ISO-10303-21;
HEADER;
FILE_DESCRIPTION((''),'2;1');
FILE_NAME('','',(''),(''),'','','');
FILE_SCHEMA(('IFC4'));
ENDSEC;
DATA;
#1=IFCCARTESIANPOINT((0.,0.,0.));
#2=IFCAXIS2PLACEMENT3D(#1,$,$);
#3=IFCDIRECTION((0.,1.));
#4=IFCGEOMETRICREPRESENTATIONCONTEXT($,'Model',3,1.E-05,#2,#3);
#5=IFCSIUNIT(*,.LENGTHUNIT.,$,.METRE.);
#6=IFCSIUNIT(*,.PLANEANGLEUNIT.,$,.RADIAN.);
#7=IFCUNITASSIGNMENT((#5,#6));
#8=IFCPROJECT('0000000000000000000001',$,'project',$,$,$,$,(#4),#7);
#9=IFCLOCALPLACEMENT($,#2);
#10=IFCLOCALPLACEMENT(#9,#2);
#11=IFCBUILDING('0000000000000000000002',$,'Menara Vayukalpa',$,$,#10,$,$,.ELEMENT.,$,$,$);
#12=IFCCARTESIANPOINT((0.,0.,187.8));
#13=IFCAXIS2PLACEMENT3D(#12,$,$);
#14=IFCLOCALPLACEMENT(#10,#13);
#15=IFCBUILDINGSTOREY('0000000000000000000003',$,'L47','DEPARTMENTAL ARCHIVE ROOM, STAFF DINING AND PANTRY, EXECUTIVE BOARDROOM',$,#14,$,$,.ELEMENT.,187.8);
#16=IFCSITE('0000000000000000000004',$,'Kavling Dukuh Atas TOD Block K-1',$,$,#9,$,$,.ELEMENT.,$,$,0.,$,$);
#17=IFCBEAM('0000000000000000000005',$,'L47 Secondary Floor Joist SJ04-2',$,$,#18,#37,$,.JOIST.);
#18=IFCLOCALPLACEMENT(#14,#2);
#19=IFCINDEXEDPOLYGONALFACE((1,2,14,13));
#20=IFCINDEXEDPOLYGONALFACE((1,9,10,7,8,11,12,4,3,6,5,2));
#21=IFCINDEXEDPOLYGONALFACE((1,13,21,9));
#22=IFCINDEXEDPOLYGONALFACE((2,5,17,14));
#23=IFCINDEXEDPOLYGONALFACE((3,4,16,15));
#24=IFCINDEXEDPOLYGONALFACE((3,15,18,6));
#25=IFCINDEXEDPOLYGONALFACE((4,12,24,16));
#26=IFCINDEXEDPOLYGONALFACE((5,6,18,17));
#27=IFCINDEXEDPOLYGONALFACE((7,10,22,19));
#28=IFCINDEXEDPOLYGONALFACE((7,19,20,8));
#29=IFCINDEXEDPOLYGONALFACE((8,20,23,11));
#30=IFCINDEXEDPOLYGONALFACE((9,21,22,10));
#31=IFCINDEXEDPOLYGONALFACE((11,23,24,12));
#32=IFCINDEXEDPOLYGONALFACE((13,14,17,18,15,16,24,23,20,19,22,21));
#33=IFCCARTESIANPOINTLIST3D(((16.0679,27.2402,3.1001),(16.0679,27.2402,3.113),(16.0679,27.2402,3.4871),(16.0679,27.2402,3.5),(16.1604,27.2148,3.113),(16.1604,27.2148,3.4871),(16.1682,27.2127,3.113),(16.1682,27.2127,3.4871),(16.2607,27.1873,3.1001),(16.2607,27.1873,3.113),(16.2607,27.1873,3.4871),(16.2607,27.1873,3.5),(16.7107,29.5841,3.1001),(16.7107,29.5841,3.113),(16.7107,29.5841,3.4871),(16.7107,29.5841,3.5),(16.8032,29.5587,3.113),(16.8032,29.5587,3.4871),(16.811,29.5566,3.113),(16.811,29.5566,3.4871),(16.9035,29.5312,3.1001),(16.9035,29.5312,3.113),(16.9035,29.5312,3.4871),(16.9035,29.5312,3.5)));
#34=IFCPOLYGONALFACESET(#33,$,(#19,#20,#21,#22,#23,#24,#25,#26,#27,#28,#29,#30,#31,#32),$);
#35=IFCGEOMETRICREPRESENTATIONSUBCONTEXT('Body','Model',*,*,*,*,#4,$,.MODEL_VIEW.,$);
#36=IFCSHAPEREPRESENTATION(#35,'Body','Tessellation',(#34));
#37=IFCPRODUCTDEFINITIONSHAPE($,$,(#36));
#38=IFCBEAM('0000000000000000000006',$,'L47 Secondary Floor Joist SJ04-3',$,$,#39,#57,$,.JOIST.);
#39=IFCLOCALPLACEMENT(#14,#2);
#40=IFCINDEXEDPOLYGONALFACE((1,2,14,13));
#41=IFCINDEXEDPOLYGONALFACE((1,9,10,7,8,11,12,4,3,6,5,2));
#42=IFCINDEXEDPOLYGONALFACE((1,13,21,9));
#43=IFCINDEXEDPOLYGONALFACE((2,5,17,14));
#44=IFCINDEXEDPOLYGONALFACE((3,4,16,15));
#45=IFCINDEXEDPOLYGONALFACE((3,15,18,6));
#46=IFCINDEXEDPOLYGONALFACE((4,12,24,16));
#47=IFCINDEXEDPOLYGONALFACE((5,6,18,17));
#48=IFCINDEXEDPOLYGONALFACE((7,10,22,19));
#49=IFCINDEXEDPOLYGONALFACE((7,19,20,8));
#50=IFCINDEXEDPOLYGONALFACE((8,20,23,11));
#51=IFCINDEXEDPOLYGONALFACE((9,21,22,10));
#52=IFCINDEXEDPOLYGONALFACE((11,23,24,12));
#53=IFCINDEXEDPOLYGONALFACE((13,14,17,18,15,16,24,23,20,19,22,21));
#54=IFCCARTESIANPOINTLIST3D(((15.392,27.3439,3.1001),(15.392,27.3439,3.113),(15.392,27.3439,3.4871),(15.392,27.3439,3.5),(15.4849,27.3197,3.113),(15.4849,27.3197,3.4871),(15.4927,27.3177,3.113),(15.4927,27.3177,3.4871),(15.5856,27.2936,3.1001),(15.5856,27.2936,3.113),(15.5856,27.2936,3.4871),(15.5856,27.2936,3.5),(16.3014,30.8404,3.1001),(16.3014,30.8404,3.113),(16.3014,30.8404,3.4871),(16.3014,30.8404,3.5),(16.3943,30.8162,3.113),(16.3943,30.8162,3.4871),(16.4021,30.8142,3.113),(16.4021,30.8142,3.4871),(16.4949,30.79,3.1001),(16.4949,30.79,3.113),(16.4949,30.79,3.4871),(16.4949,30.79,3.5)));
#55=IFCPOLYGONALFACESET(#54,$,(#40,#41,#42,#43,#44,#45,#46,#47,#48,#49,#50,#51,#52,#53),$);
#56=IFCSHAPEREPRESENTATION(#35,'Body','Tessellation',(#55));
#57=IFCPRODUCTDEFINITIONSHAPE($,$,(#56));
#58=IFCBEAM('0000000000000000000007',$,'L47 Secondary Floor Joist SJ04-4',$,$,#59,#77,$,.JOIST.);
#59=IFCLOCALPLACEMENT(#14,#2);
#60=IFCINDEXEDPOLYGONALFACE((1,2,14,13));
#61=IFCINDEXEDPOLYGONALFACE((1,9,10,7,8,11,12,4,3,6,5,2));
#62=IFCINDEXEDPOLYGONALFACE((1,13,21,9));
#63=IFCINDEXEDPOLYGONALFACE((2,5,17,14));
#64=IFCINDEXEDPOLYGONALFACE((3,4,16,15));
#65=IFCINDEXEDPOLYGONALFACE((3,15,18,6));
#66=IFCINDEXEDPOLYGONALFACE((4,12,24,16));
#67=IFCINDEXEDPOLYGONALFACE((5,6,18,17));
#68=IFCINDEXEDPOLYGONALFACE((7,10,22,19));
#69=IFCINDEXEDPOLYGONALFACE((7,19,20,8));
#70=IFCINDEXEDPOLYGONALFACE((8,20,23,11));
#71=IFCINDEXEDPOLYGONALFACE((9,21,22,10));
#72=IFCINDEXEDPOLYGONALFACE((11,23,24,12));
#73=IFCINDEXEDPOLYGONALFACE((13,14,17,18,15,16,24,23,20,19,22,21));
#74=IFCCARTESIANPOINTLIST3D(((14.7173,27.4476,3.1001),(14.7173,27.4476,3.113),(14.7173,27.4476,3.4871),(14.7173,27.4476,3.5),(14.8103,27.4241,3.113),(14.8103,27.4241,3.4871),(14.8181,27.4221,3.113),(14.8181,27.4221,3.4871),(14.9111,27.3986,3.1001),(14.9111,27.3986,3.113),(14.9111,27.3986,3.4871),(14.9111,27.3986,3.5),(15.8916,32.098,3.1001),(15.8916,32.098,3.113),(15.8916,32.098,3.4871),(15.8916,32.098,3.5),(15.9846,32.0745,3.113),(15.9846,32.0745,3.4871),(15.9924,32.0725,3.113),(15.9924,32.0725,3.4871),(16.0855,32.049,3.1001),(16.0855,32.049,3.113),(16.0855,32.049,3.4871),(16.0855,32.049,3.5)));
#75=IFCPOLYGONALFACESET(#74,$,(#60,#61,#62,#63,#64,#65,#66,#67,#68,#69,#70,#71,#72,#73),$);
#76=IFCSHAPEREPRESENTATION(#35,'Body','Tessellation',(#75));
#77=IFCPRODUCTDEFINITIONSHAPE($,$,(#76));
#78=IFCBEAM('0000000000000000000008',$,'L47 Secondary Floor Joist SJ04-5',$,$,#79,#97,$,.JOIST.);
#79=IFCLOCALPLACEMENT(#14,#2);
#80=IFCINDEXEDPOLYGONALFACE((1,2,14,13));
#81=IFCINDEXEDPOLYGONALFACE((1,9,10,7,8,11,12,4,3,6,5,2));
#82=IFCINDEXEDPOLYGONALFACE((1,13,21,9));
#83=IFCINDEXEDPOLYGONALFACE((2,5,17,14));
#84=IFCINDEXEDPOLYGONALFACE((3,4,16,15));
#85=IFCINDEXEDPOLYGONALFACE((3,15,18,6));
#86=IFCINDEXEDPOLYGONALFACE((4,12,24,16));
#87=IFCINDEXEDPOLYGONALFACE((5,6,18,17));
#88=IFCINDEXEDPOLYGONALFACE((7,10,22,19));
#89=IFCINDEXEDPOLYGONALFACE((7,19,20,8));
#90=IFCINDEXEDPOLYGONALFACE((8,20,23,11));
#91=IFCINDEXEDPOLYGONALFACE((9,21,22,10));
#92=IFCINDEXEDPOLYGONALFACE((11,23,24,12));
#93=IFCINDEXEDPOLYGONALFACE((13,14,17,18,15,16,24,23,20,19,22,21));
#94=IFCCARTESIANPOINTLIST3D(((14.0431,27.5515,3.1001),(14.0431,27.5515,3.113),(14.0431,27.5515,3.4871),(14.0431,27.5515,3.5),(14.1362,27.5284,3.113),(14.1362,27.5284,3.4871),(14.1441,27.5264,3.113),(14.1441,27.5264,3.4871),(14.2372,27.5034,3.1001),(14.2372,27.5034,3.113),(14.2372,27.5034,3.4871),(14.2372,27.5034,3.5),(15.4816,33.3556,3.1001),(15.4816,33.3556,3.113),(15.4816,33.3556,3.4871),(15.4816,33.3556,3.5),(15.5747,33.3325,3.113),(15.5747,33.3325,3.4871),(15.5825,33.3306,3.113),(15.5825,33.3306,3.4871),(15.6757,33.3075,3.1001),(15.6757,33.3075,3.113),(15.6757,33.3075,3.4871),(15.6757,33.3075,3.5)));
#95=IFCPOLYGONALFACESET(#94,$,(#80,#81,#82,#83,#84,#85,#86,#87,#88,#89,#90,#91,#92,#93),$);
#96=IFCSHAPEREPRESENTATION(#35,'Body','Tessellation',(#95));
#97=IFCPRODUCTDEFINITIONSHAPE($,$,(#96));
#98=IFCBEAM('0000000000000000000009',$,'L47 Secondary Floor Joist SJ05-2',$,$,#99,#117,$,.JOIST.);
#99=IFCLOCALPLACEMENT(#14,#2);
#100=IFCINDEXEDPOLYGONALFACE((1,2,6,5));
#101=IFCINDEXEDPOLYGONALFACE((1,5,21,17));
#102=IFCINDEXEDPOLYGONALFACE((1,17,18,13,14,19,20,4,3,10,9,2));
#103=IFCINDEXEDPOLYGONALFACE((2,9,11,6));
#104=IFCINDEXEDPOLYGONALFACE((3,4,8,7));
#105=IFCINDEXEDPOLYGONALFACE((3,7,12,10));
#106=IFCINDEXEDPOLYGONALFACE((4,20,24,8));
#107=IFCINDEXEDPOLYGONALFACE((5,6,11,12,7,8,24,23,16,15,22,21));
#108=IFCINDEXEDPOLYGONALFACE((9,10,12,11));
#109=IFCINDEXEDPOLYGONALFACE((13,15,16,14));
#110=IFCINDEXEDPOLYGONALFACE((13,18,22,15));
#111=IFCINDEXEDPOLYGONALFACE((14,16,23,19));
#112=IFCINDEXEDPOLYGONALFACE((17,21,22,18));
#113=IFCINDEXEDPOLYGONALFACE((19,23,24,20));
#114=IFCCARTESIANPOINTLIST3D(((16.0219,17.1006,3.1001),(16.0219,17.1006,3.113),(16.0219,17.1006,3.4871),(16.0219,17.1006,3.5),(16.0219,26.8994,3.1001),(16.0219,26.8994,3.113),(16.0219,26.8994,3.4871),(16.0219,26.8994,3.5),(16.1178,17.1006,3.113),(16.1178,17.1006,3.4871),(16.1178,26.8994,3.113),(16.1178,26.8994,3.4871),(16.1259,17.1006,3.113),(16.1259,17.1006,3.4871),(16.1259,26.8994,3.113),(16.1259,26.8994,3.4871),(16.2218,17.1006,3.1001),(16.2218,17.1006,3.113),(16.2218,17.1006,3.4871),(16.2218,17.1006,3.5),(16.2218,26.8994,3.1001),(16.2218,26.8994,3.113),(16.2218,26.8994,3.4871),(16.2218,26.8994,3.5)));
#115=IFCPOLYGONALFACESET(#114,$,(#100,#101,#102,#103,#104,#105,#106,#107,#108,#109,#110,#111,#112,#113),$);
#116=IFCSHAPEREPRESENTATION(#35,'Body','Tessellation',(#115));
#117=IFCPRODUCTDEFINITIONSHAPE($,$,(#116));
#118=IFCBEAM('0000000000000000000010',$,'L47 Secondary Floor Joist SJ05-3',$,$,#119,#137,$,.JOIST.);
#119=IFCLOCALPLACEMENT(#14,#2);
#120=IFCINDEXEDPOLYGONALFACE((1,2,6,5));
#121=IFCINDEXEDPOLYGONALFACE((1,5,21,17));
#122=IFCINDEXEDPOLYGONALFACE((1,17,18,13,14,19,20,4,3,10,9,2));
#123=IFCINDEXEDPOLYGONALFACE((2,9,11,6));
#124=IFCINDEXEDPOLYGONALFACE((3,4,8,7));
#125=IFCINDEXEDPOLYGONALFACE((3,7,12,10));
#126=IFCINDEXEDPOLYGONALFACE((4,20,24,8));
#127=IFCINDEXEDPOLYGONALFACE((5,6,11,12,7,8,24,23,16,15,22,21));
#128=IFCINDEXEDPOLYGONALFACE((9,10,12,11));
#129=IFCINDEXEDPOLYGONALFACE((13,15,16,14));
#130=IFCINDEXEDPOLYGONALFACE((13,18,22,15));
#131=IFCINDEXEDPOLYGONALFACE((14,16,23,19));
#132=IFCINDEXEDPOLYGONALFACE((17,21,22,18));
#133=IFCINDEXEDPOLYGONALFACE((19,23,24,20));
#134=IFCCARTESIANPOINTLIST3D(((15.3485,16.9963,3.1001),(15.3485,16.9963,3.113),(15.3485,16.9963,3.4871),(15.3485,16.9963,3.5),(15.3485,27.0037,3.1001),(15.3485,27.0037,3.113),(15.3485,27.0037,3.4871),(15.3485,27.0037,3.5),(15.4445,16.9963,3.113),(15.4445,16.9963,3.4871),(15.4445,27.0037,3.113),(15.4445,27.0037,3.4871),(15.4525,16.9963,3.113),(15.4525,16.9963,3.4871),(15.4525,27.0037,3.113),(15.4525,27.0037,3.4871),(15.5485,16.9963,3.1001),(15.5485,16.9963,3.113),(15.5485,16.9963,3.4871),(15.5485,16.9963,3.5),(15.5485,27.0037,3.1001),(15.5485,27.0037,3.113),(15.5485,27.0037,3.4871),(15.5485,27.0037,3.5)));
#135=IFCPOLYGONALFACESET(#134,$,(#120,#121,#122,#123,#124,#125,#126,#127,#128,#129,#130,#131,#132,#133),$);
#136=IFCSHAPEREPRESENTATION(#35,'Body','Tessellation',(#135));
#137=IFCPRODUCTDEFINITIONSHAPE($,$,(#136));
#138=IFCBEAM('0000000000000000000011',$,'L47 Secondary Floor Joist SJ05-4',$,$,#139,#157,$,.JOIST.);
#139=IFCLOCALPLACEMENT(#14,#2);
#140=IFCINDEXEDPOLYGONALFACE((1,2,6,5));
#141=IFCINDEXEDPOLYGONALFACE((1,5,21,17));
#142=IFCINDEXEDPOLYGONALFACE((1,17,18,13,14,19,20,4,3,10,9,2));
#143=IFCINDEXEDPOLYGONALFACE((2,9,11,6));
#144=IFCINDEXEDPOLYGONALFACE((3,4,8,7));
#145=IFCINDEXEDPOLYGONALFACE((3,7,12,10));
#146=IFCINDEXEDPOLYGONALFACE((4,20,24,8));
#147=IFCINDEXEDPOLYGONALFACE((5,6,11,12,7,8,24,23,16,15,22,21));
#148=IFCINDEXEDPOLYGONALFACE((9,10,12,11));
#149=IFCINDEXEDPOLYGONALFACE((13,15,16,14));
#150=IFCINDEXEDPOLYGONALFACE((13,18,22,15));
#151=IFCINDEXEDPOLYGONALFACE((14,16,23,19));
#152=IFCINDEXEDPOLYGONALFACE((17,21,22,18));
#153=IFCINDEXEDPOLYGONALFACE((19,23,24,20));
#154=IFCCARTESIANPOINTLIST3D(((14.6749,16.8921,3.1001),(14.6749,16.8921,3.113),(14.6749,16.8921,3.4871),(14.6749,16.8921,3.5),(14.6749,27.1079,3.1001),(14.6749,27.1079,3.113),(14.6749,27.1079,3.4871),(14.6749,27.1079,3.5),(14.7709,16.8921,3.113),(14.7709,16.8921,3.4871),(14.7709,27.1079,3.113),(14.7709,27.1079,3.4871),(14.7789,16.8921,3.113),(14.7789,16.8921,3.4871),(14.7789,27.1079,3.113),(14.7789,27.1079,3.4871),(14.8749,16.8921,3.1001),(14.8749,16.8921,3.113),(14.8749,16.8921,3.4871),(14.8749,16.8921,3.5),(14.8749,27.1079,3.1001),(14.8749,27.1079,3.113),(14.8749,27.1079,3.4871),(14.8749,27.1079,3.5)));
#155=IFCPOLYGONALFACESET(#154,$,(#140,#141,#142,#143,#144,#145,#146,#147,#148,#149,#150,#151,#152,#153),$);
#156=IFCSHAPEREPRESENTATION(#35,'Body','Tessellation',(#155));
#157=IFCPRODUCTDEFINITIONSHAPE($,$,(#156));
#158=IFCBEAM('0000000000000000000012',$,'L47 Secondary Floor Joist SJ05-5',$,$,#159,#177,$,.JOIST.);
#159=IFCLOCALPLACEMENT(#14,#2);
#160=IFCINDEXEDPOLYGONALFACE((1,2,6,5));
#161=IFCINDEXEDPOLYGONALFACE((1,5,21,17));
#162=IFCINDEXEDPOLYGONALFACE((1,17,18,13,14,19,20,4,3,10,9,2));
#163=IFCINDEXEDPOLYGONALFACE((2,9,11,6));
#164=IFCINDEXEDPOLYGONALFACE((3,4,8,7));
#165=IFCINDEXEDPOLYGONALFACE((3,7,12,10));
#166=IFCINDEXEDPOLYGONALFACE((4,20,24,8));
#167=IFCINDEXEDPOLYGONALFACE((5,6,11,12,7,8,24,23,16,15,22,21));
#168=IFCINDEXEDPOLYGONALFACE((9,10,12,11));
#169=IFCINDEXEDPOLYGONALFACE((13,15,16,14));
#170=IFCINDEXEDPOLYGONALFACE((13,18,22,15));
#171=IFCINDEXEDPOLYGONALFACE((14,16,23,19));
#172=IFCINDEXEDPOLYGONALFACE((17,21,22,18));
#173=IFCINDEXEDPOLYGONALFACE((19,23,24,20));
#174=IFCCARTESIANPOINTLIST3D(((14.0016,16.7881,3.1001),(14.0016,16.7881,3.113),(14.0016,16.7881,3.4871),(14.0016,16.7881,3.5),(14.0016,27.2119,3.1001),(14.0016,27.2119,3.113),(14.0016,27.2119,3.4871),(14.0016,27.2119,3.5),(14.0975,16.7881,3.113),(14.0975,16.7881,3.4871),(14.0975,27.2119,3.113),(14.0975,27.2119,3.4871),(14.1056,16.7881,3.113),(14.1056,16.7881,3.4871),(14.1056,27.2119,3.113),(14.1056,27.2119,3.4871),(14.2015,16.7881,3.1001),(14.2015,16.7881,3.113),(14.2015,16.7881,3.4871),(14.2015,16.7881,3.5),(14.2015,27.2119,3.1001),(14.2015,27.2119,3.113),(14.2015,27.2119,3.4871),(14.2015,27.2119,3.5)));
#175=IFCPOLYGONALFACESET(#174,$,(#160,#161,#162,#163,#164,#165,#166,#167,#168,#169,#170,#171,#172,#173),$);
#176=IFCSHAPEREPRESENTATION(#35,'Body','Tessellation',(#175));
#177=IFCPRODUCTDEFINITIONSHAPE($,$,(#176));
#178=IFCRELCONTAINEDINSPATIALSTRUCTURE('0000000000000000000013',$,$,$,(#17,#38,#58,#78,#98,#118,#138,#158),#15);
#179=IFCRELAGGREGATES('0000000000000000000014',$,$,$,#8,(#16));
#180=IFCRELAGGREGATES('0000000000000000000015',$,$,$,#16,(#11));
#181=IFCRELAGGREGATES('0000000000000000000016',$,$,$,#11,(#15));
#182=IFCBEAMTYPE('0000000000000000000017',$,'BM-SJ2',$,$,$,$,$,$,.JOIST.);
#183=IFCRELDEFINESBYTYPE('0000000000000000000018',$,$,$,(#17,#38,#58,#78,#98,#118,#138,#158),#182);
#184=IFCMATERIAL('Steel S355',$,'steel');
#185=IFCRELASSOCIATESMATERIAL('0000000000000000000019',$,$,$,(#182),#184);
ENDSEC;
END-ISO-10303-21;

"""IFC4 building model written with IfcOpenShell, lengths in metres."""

from ifc_helpers import new_model, si_unit, direction, frame, origin, origin_2d, place, context, subcontext, project, spatial, i_section, extrude, material, material_profile, profile_set, type_object, element, save


model = new_model("IFC4")

# Units and contexts
model_context = context("Model", 3, precision=1e-05, world=origin(), true_north=direction((0.0, 1.0)))
body_context = subcontext(model_context, "Body", "Model", "MODEL_VIEW")
ifc_project = project(units=[si_unit("LENGTHUNIT", "METRE"), si_unit("PLANEANGLEUNIT", "RADIAN")], contexts=[model_context])

# Site, building, storey
site_placement = place(None, origin())
site = spatial("IfcSite", under=ifc_project, at=site_placement, Name="Kavling Dukuh Atas TOD Block K-1", CompositionType="ELEMENT", RefElevation=0.0)
building_placement = place(site_placement, origin())
building = spatial("IfcBuilding", under=site, at=building_placement, Name="Menara Vayukalpa", CompositionType="ELEMENT")
storey_placement = place(building_placement, frame((0.0, 0.0, 187.8)))
storey = spatial("IfcBuildingStorey", under=building, at=storey_placement, Name="L47", Description="DEPARTMENTAL ARCHIVE ROOM, STAFF DINING AND PANTRY, EXECUTIVE BOARDROOM", CompositionType="ELEMENT", Elevation=187.8)

# Beams
ifc_material_1 = material(Name="Steel S355", Category="steel")
ifc_material_profile_1 = material_profile(ifc_material_1, i_section(OverallWidth=0.2, OverallDepth=0.3999, WebThickness=0.0081, FlangeThickness=0.0129, at=origin_2d()), Name="WF 400x200x8x13")
ifc_profile_set_1 = profile_set([ifc_material_profile_1], Name="Steel S355")
beam_type_1 = type_object("IfcBeamType", Name="BM-SJ2", PredefinedType="JOIST", material=ifc_profile_set_1)
beam_1_placement = place(storey_placement, frame((16.8071, 29.5576, 3.3), z_axis=(-0.264503, -0.964385, 0.0), x_axis=(0.964385, -0.264503, 0.0)))
element("IfcBeam", 1, at=beam_1_placement, inside=storey, type_object=beam_type_1, Name="L47 Secondary Floor Joist SJ04-2", PredefinedType="JOIST", context=body_context, shape_type="SweptSolid", body=[
    extrude(i_section(OverallWidth=0.2, OverallDepth=0.3999, WebThickness=0.0081, FlangeThickness=0.0129, at=origin_2d()), origin(), (0.0, 0.0, 1.0), 2.4304),
])
beam_2_placement = place(storey_placement, frame((16.3982, 30.8152, 3.3), z_axis=(-0.251715, -0.967801, 0.0), x_axis=(0.967801, -0.251715, 0.0)))
element("IfcBeam", 2, at=beam_2_placement, inside=storey, type_object=beam_type_1, Name="L47 Secondary Floor Joist SJ04-3", PredefinedType="JOIST", context=body_context, shape_type="SweptSolid", body=[
    extrude(i_section(OverallWidth=0.2, OverallDepth=0.3999, WebThickness=0.0081, FlangeThickness=0.0129, at=origin_2d()), origin(), (0.0, 0.0, 1.0), 3.6128),
])
beam_3_placement = place(storey_placement, frame((15.9885, 32.0735, 3.3), z_axis=(-0.244834, -0.969565, 0.0), x_axis=(0.969565, -0.244834, 0.0)))
element("IfcBeam", 3, at=beam_3_placement, inside=storey, type_object=beam_type_1, Name="L47 Secondary Floor Joist SJ04-4", PredefinedType="JOIST", context=body_context, shape_type="SweptSolid", body=[
    extrude(i_section(OverallWidth=0.2, OverallDepth=0.3999, WebThickness=0.0081, FlangeThickness=0.0129, at=origin_2d()), origin(), (0.0, 0.0, 1.0), 4.7964),
])
beam_4_placement = place(storey_placement, frame((15.5786, 33.3315, 3.3), z_axis=(-0.240556, -0.970635, 0.0), x_axis=(0.970635, -0.240556, 0.0)))
element("IfcBeam", 4, at=beam_4_placement, inside=storey, type_object=beam_type_1, Name="L47 Secondary Floor Joist SJ04-5", PredefinedType="JOIST", context=body_context, shape_type="SweptSolid", body=[
    extrude(i_section(OverallWidth=0.2, OverallDepth=0.3999, WebThickness=0.0081, FlangeThickness=0.0129, at=origin_2d()), origin(), (0.0, 0.0, 1.0), 5.9797),
])
beam_5_placement = place(storey_placement, frame((16.1218, 26.8994, 3.3), z_axis=(0.0, -1.0, 0.0), x_axis=(1.0, 0.0, 0.0)))
element("IfcBeam", 5, at=beam_5_placement, inside=storey, type_object=beam_type_1, Name="L47 Secondary Floor Joist SJ05-2", PredefinedType="JOIST", context=body_context, shape_type="SweptSolid", body=[
    extrude(i_section(OverallWidth=0.2, OverallDepth=0.3999, WebThickness=0.0081, FlangeThickness=0.0129, at=origin_2d()), origin(), (0.0, 0.0, 1.0), 9.7988),
])
beam_6_placement = place(storey_placement, frame((15.4485, 27.0037, 3.3), z_axis=(0.0, -1.0, 0.0), x_axis=(1.0, 0.0, 0.0)))
element("IfcBeam", 6, at=beam_6_placement, inside=storey, type_object=beam_type_1, Name="L47 Secondary Floor Joist SJ05-3", PredefinedType="JOIST", context=body_context, shape_type="SweptSolid", body=[
    extrude(i_section(OverallWidth=0.2, OverallDepth=0.3999, WebThickness=0.0081, FlangeThickness=0.0129, at=origin_2d()), origin(), (0.0, 0.0, 1.0), 10.0073),
])
beam_7_placement = place(storey_placement, frame((14.7749, 27.1079, 3.3), z_axis=(0.0, -1.0, 0.0), x_axis=(1.0, 0.0, 0.0)))
element("IfcBeam", 7, at=beam_7_placement, inside=storey, type_object=beam_type_1, Name="L47 Secondary Floor Joist SJ05-4", PredefinedType="JOIST", context=body_context, shape_type="SweptSolid", body=[
    extrude(i_section(OverallWidth=0.2, OverallDepth=0.3999, WebThickness=0.0081, FlangeThickness=0.0129, at=origin_2d()), origin(), (0.0, 0.0, 1.0), 10.2158),
])
beam_8_placement = place(storey_placement, frame((14.1016, 27.2119, 3.3), z_axis=(0.0, -1.0, 0.0), x_axis=(1.0, 0.0, 0.0)))
element("IfcBeam", 8, at=beam_8_placement, inside=storey, type_object=beam_type_1, Name="L47 Secondary Floor Joist SJ05-5", PredefinedType="JOIST", context=body_context, shape_type="SweptSolid", body=[
    extrude(i_section(OverallWidth=0.2, OverallDepth=0.3999, WebThickness=0.0081, FlangeThickness=0.0129, at=origin_2d()), origin(), (0.0, 0.0, 1.0), 10.4238),
])

save(model, "model.ifc")
